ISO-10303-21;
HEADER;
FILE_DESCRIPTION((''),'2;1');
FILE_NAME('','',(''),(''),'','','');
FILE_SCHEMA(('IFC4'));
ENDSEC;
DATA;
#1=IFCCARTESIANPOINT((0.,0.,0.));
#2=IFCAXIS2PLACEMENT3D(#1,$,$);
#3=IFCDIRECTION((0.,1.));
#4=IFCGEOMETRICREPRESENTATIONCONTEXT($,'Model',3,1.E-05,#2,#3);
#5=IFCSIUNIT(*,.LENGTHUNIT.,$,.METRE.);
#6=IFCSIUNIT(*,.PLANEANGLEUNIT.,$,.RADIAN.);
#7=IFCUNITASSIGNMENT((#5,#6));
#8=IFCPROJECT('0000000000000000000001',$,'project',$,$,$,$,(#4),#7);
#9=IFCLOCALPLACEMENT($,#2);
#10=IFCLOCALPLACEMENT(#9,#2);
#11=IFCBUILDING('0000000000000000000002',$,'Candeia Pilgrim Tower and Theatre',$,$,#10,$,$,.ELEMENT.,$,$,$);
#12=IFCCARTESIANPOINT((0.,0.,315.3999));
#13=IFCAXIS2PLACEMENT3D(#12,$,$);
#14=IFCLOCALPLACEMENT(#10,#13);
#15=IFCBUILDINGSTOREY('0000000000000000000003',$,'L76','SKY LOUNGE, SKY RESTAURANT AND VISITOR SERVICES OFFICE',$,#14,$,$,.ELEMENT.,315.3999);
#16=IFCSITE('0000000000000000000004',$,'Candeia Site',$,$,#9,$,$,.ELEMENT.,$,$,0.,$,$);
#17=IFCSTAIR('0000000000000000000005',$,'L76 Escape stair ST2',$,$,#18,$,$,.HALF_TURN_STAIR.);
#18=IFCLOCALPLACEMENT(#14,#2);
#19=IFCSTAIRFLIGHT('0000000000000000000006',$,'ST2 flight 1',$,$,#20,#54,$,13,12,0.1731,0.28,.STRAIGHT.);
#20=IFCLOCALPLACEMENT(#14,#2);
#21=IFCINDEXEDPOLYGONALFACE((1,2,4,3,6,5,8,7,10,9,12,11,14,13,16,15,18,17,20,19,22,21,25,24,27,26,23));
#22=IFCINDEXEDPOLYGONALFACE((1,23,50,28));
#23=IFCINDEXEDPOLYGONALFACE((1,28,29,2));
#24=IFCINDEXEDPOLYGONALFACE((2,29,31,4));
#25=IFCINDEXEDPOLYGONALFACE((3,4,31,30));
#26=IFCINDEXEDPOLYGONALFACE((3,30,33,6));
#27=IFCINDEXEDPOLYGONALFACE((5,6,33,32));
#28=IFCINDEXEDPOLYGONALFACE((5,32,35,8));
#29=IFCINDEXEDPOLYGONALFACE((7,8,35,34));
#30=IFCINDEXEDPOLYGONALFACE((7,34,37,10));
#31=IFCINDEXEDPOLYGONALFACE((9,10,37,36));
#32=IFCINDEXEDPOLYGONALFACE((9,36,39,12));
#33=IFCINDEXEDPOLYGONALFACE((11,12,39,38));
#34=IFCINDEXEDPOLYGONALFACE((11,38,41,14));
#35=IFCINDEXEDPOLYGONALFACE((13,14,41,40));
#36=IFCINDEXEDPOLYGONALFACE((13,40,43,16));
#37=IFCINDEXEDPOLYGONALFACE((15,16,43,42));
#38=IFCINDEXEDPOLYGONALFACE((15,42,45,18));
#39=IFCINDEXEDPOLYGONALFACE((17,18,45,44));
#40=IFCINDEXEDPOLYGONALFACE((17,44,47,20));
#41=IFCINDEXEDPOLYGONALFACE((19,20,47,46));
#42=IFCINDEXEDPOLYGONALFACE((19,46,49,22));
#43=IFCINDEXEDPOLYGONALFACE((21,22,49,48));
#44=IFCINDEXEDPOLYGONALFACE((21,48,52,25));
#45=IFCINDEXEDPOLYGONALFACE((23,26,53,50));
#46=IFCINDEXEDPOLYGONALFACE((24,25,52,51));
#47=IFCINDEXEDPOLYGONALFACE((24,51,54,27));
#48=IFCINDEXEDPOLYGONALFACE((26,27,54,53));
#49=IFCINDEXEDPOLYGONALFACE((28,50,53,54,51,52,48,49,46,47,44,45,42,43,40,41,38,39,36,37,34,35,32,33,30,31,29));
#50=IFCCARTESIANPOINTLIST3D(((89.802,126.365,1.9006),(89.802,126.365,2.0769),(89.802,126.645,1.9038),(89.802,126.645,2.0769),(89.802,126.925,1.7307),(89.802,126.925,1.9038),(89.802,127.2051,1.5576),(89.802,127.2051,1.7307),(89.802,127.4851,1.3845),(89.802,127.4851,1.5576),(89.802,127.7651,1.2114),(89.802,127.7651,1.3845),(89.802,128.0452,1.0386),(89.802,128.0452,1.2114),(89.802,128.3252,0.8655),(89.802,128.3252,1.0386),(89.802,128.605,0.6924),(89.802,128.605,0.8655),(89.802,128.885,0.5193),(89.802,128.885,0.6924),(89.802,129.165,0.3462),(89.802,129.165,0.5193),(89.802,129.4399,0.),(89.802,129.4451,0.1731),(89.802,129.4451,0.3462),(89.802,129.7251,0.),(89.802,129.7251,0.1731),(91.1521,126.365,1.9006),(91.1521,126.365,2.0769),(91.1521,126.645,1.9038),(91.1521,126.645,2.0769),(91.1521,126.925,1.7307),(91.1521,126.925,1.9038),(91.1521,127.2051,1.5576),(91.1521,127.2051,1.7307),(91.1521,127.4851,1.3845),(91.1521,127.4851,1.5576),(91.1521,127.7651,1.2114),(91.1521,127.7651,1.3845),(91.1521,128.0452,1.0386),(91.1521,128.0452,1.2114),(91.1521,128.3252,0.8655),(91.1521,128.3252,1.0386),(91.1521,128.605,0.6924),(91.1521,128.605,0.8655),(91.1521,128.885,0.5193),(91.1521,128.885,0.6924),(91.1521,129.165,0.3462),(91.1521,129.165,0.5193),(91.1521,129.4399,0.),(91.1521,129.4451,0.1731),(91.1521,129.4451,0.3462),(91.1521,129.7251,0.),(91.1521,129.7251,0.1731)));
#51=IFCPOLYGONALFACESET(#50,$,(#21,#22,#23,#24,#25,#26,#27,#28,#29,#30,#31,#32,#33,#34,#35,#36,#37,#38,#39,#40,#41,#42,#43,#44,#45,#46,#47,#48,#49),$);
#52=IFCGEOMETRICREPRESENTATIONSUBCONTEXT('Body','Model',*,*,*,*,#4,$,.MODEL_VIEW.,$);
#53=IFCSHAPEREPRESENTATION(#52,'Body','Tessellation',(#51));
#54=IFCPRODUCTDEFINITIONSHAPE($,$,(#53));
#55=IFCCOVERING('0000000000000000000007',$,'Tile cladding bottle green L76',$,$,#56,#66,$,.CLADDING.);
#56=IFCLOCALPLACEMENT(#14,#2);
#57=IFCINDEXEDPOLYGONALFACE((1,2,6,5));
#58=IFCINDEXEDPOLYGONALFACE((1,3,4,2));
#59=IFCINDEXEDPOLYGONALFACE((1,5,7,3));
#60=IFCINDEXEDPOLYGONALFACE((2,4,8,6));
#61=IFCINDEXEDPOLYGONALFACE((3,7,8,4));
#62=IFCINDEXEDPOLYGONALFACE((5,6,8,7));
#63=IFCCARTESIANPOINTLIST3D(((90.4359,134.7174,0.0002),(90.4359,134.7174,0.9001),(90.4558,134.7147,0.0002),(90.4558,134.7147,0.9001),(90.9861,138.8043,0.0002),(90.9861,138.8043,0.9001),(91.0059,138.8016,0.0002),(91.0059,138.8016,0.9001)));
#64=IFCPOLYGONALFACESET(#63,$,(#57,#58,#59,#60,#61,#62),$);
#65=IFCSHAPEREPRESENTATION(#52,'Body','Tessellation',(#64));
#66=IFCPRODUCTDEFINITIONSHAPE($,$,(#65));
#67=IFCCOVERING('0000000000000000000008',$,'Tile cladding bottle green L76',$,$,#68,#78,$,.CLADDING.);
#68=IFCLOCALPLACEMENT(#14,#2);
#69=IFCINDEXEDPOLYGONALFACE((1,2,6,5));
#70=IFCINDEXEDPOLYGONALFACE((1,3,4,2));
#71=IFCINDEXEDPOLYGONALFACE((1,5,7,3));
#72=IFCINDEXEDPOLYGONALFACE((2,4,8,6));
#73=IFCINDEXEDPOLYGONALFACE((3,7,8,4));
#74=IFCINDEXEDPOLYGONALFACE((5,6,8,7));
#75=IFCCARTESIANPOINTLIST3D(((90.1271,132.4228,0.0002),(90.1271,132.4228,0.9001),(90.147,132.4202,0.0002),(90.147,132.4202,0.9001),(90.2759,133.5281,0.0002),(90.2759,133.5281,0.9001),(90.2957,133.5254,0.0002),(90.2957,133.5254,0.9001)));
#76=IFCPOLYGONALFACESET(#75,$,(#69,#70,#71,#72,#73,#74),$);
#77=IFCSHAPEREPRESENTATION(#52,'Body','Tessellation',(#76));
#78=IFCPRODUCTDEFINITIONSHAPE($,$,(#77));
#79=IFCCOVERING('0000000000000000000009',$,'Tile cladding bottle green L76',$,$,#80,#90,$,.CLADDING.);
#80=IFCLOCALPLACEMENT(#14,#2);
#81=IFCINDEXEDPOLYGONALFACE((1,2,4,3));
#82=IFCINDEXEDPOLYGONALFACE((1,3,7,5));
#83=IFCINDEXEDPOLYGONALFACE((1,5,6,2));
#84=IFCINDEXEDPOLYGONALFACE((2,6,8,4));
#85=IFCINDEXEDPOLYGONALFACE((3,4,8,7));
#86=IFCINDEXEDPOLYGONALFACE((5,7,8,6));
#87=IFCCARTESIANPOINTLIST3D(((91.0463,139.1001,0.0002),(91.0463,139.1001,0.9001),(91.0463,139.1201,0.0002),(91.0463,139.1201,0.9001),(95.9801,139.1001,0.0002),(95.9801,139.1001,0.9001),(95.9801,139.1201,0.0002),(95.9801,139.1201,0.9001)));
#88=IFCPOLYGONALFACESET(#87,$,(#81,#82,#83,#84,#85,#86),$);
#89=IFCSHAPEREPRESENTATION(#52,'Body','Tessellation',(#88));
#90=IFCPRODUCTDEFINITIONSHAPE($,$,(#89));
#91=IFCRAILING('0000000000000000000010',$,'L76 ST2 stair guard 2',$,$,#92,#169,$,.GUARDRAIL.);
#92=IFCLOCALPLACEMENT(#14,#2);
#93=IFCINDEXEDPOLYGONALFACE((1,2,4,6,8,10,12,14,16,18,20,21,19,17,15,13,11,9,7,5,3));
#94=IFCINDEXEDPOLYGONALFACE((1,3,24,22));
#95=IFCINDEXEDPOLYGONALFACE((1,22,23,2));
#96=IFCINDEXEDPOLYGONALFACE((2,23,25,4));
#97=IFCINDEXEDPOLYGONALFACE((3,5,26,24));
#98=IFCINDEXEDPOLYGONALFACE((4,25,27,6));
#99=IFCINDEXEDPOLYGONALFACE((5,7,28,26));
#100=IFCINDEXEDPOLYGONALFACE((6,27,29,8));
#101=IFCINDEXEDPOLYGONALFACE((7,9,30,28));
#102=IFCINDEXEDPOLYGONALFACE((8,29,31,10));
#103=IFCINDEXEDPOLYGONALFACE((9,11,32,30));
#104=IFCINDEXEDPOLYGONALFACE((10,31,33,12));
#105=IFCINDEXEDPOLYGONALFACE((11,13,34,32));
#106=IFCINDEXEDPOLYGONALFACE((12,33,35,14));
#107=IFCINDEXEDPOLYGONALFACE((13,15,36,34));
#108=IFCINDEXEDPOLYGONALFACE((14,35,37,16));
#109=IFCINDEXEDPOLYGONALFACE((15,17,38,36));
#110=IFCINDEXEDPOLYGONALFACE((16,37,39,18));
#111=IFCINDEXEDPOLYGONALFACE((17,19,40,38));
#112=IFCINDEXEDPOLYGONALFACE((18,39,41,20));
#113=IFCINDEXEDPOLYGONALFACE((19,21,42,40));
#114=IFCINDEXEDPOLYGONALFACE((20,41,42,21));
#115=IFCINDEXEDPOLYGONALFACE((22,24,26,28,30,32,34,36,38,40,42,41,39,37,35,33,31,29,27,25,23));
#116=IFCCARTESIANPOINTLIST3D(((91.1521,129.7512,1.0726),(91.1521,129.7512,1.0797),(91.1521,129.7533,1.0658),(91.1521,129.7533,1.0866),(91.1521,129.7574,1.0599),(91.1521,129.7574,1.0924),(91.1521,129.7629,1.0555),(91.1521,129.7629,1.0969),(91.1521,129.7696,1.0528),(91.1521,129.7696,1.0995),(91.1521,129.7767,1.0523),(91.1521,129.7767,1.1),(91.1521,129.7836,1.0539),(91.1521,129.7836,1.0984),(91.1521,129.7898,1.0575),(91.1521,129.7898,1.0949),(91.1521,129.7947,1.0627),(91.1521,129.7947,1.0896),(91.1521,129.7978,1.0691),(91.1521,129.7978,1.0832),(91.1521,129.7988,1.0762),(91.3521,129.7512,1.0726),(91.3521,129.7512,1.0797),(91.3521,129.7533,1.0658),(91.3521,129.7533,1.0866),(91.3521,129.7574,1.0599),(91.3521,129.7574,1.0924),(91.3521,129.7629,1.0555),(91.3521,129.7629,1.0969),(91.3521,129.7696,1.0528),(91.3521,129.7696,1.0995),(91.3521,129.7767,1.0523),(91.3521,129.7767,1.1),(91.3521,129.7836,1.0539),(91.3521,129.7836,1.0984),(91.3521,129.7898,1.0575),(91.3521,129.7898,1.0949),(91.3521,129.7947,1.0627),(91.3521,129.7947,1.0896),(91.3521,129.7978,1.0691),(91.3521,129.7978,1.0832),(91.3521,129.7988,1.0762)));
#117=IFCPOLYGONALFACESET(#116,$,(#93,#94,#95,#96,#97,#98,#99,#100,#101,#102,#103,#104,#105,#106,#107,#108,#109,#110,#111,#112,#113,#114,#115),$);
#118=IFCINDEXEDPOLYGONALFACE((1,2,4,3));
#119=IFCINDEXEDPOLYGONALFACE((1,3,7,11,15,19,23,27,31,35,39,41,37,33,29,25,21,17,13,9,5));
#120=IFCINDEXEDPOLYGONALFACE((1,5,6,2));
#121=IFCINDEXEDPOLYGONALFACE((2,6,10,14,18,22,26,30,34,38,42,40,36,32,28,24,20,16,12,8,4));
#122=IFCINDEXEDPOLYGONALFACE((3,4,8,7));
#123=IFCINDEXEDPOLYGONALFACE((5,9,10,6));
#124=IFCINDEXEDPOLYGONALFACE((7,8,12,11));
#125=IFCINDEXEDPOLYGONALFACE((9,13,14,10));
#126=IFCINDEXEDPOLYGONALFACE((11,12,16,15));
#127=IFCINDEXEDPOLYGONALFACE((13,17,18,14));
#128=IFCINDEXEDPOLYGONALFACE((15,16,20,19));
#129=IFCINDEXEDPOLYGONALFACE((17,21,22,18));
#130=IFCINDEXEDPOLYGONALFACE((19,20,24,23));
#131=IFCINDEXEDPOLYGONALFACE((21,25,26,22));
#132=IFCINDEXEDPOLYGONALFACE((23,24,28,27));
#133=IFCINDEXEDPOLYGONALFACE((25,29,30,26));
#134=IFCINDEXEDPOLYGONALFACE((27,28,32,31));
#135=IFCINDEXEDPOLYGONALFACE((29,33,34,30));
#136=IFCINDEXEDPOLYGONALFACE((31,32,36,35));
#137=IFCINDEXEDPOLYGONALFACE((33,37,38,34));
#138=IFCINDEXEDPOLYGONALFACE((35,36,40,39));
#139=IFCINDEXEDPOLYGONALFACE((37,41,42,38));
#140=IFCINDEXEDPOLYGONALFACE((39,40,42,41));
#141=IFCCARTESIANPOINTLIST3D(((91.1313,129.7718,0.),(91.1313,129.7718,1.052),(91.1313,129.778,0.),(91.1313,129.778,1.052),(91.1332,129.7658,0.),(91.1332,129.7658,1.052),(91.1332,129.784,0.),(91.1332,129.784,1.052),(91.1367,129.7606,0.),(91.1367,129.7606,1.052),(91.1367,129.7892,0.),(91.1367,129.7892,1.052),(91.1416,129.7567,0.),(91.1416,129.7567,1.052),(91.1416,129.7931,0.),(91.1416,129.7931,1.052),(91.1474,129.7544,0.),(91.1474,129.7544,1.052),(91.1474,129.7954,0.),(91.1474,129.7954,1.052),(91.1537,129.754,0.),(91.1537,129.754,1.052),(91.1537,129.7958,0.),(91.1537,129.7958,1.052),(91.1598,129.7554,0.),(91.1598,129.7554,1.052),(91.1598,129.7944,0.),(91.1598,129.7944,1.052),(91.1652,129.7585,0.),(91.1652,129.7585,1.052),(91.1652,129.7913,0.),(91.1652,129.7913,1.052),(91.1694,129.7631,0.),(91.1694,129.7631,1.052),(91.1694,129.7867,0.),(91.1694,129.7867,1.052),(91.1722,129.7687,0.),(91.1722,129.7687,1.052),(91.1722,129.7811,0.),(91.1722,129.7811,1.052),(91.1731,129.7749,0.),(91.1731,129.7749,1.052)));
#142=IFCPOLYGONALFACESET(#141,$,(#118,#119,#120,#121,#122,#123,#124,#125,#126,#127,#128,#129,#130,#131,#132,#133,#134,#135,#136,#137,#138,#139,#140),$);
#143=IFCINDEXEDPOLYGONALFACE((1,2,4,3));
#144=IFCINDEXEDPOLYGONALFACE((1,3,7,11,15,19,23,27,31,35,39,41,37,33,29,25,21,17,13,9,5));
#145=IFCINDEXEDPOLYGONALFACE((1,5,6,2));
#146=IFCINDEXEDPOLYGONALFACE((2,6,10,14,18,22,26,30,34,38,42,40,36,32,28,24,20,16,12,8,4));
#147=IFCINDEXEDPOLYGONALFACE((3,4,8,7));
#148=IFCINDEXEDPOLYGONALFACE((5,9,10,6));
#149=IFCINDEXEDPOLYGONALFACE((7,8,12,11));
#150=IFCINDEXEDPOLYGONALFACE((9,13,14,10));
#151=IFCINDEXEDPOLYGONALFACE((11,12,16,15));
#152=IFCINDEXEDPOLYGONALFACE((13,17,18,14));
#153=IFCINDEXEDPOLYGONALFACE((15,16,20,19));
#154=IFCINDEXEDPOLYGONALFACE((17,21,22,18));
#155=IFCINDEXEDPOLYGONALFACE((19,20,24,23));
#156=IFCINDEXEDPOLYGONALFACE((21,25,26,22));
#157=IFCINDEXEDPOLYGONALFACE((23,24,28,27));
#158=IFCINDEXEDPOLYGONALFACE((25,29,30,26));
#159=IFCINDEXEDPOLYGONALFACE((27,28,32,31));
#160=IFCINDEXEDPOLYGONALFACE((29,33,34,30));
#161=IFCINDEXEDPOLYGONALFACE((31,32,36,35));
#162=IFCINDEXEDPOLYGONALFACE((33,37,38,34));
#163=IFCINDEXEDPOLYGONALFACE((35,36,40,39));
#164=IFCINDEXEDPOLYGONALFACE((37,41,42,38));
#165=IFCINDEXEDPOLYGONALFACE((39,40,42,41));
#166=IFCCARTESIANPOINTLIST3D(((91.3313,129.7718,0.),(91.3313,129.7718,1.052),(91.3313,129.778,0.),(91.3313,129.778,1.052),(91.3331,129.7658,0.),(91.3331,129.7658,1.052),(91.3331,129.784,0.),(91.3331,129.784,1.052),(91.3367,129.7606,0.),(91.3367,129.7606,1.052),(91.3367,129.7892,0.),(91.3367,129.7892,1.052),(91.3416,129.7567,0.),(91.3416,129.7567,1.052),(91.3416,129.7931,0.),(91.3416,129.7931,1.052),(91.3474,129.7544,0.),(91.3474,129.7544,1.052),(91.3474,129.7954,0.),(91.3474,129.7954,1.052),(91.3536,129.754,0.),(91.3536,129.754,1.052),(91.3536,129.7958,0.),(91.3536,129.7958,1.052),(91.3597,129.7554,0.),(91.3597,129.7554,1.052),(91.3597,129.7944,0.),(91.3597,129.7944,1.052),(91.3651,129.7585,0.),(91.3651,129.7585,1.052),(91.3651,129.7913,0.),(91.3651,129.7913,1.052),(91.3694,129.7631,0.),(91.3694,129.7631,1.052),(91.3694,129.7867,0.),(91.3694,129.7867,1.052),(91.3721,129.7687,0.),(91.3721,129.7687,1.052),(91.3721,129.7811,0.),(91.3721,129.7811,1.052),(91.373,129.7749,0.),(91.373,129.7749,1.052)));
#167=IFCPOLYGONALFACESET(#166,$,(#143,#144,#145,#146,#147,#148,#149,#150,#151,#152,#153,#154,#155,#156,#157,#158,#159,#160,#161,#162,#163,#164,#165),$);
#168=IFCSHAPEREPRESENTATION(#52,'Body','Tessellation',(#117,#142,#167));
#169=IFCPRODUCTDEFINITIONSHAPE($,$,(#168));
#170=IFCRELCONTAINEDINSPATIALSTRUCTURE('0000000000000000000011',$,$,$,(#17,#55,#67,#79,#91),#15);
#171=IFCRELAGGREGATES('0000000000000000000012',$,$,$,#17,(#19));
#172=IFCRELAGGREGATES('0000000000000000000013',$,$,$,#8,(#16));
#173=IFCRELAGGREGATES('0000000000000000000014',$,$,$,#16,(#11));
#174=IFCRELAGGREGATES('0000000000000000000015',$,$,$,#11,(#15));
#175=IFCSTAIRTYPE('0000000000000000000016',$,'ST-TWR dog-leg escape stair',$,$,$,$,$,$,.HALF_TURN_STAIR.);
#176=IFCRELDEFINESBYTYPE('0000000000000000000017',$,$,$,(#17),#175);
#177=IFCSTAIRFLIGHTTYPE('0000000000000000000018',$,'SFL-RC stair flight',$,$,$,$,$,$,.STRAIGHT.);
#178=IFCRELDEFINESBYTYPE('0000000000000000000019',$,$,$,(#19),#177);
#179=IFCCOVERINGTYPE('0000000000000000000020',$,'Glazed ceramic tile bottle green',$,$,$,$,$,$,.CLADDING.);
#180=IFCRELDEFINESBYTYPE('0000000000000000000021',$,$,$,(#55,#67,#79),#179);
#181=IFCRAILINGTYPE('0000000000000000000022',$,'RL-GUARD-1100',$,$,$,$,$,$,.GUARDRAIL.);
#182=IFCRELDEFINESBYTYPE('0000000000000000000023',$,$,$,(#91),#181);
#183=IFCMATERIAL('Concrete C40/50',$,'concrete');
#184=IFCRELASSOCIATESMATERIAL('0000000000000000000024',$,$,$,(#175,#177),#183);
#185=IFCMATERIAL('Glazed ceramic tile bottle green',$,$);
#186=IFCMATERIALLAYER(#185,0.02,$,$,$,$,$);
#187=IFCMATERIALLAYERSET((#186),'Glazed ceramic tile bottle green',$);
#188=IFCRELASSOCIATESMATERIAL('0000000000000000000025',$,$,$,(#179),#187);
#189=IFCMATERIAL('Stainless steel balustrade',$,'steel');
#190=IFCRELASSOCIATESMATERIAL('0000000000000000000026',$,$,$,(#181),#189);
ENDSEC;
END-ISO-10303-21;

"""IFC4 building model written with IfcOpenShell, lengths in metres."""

from ifc_helpers import new_model, si_unit, direction, frame, origin, origin_2d, place, context, subcontext, project, spatial, polyline, rectangle, circle, outline, extrude, material, layer, layer_set, type_object, element, aggregate, save


model = new_model("IFC4")

# Units and contexts
model_context = context("Model", 3, precision=1e-05, world=origin(), true_north=direction((0.0, 1.0)))
body_context = subcontext(model_context, "Body", "Model", "MODEL_VIEW")
ifc_project = project(units=[si_unit("LENGTHUNIT", "METRE"), si_unit("PLANEANGLEUNIT", "RADIAN")], contexts=[model_context])

# Site, building, storey
site_placement = place(None, origin())
site = spatial("IfcSite", under=ifc_project, at=site_placement, Name="Candeia Site", CompositionType="ELEMENT", RefElevation=0.0)
building_placement = place(site_placement, origin())
building = spatial("IfcBuilding", under=site, at=building_placement, Name="Candeia Pilgrim Tower and Theatre", CompositionType="ELEMENT")
storey_placement = place(building_placement, frame((0.0, 0.0, 315.3999)))
storey = spatial("IfcBuildingStorey", under=building, at=storey_placement, Name="L76", Description="SKY LOUNGE, SKY RESTAURANT AND VISITOR SERVICES OFFICE", CompositionType="ELEMENT", Elevation=315.3999)

# Shared definitions
ifc_material_1 = material(Name="Concrete C40/50", Category="concrete")

# Stair, stair flight
stair_type = type_object("IfcStairType", Name="ST-TWR dog-leg escape stair", PredefinedType="HALF_TURN_STAIR", material=ifc_material_1)
stair_placement = place(storey_placement, origin())
stair = element("IfcStair", 1, at=stair_placement, inside=storey, type_object=stair_type, Name="L76 Escape stair ST2", PredefinedType="HALF_TURN_STAIR")
stair_flight_type = type_object("IfcStairFlightType", Name="SFL-RC stair flight", PredefinedType="STRAIGHT", material=ifc_material_1)
stair_flight_placement = place(storey_placement, frame((90.4771, 129.7251, 0.0), z_axis=(0.0, 0.0, 1.0), x_axis=(0.0, -1.0, 0.0)))
stair_flight = element("IfcStairFlight", 2, at=stair_flight_placement, type_object=stair_flight_type, Name="ST2 flight 1", NumberOfRisers=13, NumberOfTreads=12, PredefinedType="STRAIGHT", RiserHeight=0.1731, TreadLength=0.28, context=body_context, shape_type="SweptSolid", body=[
    extrude(outline(polyline([(0.0, 0.0), (0.0, 0.1731), (0.28, 0.1731), (0.28, 0.3462), (0.5601, 0.3462), (0.5601, 0.5193), (0.8401, 0.5193), (0.8401, 0.6924), (1.1201, 0.6924), (1.1201, 0.8655), (1.3999, 0.8655), (1.3999, 1.0386), (1.6799, 1.0386), (1.6799, 1.2114), (1.96, 1.2114), (1.96, 1.3845), (2.24, 1.3845), (2.24, 1.5576), (2.52, 1.5576), (2.52, 1.7307), (2.8, 1.7307), (2.8, 1.9038), (3.0801, 1.9038), (3.0801, 2.0769), (3.3601, 2.0769), (3.3601, 2.25), (3.3601, 1.9006), (0.2852, 0.0), (0.0, 0.0)])), frame((0.0, 0.675, 0.0), z_axis=(0.0, -1.0, 0.0), x_axis=(1.0, 0.0, 0.0)), (0.0, 0.0, 1.0), 1.3501),
])
aggregate(stair, [stair_flight])

# Shared definitions
ifc_material_2 = material(Name="Stainless steel balustrade", Category="steel")

# Coverings
ifc_material_3 = material(Name="Glazed ceramic tile bottle green")
ifc_layer_1 = layer(ifc_material_3, 0.02)
ifc_layer_set_1 = layer_set([ifc_layer_1], Name="Glazed ceramic tile bottle green")
covering_type = type_object("IfcCoveringType", Name="Glazed ceramic tile bottle green", PredefinedType="CLADDING", material=ifc_layer_set_1)
covering_1_placement = place(storey_placement, frame((90.7209, 136.7595, 0.0002), z_axis=(0.0, 0.0, 1.0), x_axis=(-0.133412, -0.991061, 0.0)))
element("IfcCovering", 3, at=covering_1_placement, inside=storey, type_object=covering_type, Name="Tile cladding bottle green L76", PredefinedType="CLADDING", context=body_context, shape_type="SweptSolid", body=[
    extrude(rectangle(XDim=4.1238, YDim=0.02, at=origin_2d()), origin(), (0.0, 0.0, 1.0), 0.8999),
])
covering_2_placement = place(storey_placement, frame((90.2114, 132.9741, 0.0002), z_axis=(0.0, 0.0, 1.0), x_axis=(-0.133412, -0.991061, 0.0)))
element("IfcCovering", 4, at=covering_2_placement, inside=storey, type_object=covering_type, Name="Tile cladding bottle green L76", PredefinedType="CLADDING", context=body_context, shape_type="SweptSolid", body=[
    extrude(rectangle(XDim=1.1152, YDim=0.02, at=origin_2d()), origin(), (0.0, 0.0, 1.0), 0.8999),
])
covering_3_placement = place(storey_placement, frame((93.5132, 139.1101, 0.0002), z_axis=(0.0, 0.0, 1.0), x_axis=(-1.0, 0.0, 0.0)))
element("IfcCovering", 5, at=covering_3_placement, inside=storey, type_object=covering_type, Name="Tile cladding bottle green L76", PredefinedType="CLADDING", context=body_context, shape_type="SweptSolid", body=[
    extrude(rectangle(XDim=4.9338, YDim=0.02, at=origin_2d()), origin(), (0.0, 0.0, 1.0), 0.8999),
])

# Railing
railing_type_1 = type_object("IfcRailingType", Name="RL-GUARD-1100", PredefinedType="GUARDRAIL", material=ifc_material_2)
railing_1_placement = place(storey_placement, frame((91.1521, 129.7749, 0.0)))
element("IfcRailing", 6, at=railing_1_placement, inside=storey, type_object=railing_type_1, Name="L76 ST2 stair guard 2", PredefinedType="GUARDRAIL", context=body_context, shape_type="SweptSolid", body=[
    extrude(circle(Radius=0.0239, at=origin_2d()), frame((0.0, 0.0, 1.0762), z_axis=(1.0, 0.0, 0.0), x_axis=(0.0, 1.0, 0.0)), (0.0, 0.0, 1.0), 0.2),
    extrude(circle(Radius=0.021, at=origin_2d()), origin(), (0.0, 0.0, 1.0), 1.052),
    extrude(circle(Radius=0.021, at=origin_2d()), frame((0.2, 0.0, 0.0)), (0.0, 0.0, 1.0), 1.052),
])

save(model, "model.ifc")
